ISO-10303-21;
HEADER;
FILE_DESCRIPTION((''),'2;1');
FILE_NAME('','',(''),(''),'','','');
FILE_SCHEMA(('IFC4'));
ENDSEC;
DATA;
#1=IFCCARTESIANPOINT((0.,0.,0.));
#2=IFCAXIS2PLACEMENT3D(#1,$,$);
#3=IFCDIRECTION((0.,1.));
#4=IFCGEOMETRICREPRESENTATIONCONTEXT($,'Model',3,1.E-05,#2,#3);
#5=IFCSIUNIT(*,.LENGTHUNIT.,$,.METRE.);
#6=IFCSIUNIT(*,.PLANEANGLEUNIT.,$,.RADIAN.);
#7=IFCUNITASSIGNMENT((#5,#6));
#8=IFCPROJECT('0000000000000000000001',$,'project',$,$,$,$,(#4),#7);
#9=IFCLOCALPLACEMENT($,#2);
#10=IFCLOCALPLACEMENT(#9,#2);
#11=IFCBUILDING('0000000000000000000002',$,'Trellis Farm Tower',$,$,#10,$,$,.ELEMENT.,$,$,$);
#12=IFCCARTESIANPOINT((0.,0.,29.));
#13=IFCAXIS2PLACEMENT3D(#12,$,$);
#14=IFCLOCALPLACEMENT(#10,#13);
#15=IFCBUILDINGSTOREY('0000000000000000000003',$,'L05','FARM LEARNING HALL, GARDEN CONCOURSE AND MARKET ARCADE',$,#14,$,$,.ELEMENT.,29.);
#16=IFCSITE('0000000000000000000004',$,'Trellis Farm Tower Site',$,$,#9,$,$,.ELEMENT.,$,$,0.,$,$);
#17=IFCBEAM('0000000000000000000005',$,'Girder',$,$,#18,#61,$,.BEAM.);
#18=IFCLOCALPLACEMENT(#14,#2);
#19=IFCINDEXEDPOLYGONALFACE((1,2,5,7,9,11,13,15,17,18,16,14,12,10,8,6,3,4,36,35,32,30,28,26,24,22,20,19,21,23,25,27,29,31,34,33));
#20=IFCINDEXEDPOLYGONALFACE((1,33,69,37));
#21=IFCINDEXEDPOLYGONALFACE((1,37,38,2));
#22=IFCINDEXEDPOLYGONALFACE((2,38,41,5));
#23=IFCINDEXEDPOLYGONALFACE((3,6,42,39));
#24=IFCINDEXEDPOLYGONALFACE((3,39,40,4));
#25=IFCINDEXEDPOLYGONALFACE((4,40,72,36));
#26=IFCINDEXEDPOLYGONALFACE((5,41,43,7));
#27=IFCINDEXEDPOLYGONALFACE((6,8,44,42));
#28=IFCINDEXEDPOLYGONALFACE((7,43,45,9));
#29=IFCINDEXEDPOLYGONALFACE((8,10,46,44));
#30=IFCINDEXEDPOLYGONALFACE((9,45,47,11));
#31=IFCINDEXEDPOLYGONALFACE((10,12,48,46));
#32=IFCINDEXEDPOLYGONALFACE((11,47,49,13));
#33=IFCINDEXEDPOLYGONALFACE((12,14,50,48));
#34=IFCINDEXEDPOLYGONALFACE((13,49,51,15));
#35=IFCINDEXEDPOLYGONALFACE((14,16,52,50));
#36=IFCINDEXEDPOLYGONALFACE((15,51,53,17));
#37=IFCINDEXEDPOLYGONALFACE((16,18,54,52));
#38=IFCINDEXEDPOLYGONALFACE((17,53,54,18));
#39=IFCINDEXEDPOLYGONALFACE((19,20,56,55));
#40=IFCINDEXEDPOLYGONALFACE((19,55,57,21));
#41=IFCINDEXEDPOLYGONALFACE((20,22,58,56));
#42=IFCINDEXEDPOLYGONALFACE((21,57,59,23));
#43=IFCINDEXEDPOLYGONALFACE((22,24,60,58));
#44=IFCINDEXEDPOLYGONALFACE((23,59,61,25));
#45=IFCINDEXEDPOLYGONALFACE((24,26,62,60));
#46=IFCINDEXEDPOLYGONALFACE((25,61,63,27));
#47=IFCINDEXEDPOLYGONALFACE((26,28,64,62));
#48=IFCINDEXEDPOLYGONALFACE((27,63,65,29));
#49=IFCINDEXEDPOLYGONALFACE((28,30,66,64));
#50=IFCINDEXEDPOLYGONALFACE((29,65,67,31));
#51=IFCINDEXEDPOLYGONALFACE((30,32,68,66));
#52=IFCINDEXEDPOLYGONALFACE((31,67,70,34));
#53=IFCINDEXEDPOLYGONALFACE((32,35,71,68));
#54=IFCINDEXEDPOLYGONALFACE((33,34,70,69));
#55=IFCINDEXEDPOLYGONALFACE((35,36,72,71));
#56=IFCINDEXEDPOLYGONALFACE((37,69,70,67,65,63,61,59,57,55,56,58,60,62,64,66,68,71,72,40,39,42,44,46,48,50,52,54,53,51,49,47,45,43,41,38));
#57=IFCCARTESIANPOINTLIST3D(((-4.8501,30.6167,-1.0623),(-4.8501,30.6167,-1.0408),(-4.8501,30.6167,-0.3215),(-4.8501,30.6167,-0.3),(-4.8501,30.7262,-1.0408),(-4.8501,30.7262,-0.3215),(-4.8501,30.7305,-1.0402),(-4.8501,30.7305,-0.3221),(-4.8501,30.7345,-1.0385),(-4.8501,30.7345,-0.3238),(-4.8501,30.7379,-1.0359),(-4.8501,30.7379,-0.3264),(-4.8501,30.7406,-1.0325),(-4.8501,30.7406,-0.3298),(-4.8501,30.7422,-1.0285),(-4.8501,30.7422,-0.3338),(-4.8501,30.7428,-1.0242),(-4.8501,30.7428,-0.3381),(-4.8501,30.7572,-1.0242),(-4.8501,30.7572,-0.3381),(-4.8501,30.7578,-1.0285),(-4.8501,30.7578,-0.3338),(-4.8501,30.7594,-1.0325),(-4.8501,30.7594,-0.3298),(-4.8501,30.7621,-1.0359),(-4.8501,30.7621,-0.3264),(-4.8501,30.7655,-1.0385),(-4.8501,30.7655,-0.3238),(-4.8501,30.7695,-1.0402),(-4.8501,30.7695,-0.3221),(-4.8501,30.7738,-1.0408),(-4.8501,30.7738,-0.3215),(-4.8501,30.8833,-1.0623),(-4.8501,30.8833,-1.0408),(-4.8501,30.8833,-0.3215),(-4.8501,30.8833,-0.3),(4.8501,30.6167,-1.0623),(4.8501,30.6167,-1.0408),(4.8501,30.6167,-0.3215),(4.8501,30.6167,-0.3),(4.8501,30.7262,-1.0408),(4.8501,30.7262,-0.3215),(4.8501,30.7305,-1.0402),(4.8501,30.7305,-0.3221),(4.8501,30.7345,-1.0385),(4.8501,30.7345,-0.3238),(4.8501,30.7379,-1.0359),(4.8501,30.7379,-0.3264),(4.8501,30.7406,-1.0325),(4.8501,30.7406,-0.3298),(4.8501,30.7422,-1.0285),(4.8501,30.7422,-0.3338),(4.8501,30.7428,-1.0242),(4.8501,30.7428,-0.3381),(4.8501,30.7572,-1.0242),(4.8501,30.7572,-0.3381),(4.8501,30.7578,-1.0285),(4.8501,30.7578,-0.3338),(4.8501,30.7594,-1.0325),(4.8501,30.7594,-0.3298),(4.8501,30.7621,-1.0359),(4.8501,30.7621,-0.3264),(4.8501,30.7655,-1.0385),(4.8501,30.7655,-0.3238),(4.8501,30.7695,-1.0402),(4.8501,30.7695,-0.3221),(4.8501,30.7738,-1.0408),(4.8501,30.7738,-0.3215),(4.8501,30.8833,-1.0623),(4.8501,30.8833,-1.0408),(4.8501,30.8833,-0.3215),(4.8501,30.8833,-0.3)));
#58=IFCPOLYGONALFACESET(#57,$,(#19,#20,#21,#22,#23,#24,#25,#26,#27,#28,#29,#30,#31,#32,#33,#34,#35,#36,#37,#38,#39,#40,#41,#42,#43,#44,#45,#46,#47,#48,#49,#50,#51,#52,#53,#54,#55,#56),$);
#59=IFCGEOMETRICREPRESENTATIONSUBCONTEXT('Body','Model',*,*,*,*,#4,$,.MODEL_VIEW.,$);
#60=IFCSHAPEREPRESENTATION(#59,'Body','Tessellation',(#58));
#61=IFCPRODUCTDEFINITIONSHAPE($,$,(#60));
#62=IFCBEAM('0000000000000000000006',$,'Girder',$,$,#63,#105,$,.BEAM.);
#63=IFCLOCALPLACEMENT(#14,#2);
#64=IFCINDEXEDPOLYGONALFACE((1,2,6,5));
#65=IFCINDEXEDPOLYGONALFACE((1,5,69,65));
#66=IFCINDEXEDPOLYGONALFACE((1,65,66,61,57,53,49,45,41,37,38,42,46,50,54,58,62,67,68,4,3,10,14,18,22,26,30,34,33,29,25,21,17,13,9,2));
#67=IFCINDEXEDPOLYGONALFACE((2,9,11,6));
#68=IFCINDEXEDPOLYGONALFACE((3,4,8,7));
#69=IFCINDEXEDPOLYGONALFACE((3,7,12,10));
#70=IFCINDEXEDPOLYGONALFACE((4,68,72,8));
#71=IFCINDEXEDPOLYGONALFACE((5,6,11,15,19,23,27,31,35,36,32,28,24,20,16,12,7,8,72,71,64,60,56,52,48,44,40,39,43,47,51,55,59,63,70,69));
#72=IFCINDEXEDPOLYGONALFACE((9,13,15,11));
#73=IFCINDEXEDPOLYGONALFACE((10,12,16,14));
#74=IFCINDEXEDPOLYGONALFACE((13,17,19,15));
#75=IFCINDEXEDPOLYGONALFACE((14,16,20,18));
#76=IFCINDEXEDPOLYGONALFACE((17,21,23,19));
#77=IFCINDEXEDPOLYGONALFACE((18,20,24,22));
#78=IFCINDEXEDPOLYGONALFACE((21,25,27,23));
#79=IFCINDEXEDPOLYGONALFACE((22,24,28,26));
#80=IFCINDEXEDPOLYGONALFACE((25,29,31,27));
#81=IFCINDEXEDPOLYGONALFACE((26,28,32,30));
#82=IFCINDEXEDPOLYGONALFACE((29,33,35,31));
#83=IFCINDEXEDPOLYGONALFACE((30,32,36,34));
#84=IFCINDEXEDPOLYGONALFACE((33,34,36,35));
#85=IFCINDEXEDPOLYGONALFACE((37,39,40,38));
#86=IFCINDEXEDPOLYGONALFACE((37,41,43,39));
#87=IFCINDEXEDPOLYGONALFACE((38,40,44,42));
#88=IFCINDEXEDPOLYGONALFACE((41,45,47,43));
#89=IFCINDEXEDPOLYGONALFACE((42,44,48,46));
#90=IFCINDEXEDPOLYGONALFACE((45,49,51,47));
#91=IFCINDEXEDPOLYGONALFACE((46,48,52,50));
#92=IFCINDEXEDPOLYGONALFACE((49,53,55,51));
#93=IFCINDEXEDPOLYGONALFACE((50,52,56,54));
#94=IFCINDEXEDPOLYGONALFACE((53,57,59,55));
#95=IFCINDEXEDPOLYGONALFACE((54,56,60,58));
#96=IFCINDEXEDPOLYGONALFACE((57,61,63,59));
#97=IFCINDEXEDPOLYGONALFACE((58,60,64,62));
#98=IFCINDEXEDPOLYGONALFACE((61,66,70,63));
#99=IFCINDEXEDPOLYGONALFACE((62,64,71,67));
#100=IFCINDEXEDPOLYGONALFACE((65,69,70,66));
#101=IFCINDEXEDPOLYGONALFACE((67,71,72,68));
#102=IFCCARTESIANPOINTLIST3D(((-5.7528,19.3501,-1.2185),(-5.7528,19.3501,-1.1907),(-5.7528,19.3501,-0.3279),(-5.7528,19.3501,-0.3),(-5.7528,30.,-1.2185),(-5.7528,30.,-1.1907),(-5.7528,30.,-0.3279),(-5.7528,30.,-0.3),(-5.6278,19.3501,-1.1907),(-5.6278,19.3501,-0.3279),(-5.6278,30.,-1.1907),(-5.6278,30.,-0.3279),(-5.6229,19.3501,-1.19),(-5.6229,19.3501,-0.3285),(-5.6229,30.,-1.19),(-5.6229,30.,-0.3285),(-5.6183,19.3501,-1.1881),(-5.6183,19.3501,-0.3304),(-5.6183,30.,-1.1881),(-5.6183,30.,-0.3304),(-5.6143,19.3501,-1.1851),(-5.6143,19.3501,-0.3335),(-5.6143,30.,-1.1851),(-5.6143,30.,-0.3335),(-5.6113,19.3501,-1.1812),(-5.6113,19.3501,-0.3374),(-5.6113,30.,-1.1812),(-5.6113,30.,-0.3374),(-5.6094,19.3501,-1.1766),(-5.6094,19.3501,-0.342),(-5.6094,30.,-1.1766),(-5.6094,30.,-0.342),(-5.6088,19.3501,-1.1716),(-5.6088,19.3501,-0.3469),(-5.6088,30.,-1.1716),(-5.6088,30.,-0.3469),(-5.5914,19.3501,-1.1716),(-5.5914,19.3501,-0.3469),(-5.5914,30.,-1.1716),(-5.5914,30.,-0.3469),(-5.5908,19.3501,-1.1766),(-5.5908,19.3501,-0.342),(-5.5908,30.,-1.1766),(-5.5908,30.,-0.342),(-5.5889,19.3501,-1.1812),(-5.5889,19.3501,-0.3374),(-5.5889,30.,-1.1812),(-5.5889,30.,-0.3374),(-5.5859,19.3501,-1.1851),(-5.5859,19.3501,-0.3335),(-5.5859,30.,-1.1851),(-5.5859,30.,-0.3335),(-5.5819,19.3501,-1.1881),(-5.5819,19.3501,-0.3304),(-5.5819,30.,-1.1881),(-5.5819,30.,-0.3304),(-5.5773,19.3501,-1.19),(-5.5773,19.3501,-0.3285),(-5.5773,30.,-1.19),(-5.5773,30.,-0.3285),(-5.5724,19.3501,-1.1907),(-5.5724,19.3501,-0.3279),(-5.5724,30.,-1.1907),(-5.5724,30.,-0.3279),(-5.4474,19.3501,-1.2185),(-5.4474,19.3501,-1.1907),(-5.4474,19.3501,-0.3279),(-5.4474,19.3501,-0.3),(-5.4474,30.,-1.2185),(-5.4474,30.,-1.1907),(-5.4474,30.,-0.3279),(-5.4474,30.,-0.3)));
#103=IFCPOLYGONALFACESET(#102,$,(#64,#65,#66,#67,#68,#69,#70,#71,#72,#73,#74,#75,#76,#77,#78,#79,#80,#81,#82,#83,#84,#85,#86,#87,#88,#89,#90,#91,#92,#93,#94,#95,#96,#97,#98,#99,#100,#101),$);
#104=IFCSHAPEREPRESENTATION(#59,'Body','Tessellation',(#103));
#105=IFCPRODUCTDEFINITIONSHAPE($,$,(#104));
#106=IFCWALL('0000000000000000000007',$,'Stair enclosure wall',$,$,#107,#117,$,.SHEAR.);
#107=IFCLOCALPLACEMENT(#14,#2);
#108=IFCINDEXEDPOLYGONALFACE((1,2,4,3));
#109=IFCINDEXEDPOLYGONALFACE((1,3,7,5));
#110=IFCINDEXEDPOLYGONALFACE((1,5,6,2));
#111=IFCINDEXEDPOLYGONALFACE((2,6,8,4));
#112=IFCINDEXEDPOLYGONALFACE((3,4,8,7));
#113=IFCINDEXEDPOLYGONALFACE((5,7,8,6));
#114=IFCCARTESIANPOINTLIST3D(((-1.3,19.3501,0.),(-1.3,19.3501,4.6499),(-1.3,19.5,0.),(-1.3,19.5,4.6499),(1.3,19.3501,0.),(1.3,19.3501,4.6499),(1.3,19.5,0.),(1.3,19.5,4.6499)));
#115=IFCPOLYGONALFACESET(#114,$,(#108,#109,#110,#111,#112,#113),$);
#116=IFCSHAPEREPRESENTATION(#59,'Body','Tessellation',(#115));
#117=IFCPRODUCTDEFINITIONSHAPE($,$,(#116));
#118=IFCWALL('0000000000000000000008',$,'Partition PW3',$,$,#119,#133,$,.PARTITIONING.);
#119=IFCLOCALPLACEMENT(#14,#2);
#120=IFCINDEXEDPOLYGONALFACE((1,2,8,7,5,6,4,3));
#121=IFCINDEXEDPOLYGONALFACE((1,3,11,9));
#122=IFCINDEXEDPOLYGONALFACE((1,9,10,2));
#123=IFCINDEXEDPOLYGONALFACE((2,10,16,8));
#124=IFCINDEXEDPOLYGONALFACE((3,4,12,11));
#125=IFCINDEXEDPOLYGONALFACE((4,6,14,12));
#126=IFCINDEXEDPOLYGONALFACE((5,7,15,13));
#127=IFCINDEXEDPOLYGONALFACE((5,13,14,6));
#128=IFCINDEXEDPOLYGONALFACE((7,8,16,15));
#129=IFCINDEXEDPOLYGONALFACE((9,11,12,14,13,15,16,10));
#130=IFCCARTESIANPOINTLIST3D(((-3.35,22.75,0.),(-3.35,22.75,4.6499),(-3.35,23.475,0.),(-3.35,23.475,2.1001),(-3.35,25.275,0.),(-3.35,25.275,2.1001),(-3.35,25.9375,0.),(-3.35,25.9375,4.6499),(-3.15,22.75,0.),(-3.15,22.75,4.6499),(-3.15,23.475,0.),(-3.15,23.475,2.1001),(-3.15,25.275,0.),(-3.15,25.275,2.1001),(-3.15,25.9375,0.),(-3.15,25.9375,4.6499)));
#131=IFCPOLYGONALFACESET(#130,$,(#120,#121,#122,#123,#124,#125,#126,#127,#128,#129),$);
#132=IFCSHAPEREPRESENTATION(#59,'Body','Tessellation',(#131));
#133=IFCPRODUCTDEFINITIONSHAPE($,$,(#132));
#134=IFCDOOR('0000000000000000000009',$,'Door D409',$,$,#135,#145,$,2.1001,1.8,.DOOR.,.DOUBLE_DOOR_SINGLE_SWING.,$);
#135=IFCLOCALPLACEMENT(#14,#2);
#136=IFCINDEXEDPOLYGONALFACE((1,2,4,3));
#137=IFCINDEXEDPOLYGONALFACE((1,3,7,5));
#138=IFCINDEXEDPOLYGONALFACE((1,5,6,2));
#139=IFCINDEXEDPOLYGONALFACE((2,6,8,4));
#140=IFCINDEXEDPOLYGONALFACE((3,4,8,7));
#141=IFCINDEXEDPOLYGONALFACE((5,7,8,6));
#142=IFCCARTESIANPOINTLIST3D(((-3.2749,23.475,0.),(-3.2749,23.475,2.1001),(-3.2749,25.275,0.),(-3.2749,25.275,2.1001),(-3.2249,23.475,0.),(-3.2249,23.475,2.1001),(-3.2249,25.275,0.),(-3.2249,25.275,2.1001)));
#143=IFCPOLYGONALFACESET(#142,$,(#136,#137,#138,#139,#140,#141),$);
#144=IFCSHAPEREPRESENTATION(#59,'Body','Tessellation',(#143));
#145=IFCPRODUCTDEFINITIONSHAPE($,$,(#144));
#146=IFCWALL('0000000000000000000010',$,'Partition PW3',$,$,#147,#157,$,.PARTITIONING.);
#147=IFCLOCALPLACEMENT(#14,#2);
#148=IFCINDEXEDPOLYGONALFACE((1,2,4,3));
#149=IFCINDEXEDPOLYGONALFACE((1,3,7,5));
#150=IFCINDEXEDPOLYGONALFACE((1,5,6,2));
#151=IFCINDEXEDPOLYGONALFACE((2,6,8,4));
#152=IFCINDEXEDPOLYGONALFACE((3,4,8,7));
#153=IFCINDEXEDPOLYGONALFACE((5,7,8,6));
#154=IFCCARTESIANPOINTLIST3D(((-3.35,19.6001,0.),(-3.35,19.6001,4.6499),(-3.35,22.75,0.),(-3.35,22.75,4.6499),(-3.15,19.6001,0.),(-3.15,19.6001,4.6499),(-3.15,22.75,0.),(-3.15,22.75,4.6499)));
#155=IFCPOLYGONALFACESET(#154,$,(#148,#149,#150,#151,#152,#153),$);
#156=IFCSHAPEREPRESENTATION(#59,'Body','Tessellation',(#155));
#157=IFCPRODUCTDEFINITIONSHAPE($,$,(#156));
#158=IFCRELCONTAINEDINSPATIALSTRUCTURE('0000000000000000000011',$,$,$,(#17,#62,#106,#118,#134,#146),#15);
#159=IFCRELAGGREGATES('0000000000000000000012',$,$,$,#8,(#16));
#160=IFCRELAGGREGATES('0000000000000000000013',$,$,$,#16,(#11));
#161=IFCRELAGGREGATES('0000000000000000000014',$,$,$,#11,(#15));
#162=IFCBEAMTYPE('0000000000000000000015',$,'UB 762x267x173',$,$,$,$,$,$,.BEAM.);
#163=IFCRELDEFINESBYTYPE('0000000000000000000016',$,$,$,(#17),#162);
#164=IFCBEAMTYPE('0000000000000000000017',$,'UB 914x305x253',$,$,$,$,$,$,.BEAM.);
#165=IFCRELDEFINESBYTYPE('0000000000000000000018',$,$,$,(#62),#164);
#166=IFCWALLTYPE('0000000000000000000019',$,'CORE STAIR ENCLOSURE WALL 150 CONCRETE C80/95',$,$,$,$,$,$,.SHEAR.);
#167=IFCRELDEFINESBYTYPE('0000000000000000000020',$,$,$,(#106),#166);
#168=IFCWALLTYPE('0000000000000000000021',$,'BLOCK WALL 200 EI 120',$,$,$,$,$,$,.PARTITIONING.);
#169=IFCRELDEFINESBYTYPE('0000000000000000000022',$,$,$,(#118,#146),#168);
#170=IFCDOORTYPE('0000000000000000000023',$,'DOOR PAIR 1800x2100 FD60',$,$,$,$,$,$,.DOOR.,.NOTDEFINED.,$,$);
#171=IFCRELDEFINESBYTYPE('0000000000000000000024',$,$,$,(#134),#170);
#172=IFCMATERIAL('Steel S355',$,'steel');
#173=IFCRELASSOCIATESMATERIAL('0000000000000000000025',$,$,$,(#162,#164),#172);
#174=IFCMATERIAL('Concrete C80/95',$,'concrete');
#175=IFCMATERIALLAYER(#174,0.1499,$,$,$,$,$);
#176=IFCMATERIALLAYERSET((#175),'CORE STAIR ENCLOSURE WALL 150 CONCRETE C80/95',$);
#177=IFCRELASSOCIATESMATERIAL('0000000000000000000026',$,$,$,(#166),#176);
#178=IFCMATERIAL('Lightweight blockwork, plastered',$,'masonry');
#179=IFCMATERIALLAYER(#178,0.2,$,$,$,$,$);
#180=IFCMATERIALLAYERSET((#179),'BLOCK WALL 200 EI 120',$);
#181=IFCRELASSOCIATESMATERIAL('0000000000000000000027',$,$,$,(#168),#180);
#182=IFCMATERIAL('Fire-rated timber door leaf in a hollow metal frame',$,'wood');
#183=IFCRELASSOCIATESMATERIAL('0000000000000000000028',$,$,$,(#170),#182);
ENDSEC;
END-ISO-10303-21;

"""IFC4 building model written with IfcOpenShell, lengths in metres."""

from ifc_helpers import new_model, si_unit, direction, frame, frame_2d, origin, origin_2d, place, context, subcontext, project, spatial, rectangle, i_section, extrude, source, transform, mapped, material, layer, layer_set, material_profile, profile_set, type_object, element, fill, save


model = new_model("IFC4")

# Units and contexts
model_context = context("Model", 3, precision=1e-05, world=origin(), true_north=direction((0.0, 1.0)))
body_context = subcontext(model_context, "Body", "Model", "MODEL_VIEW")
ifc_project = project(units=[si_unit("LENGTHUNIT", "METRE"), si_unit("PLANEANGLEUNIT", "RADIAN")], contexts=[model_context])

# Site, building, storey
site_placement = place(None, origin())
site = spatial("IfcSite", under=ifc_project, at=site_placement, Name="Trellis Farm Tower Site", CompositionType="ELEMENT", RefElevation=0.0)
building_placement = place(site_placement, origin())
building = spatial("IfcBuilding", under=site, at=building_placement, Name="Trellis Farm Tower", CompositionType="ELEMENT")
storey_placement = place(building_placement, frame((0.0, 0.0, 29.0)))
storey = spatial("IfcBuildingStorey", under=building, at=storey_placement, Name="L05", Description="FARM LEARNING HALL, GARDEN CONCOURSE AND MARKET ARCADE", CompositionType="ELEMENT", Elevation=29.0)

# Shared definitions
ifc_material_1 = material(Name="Concrete C80/95", Category="concrete")

# Beams
ifc_material_2 = material(Name="Steel S355", Category="steel")
ifc_material_profile_1 = material_profile(ifc_material_2, i_section(OverallWidth=0.2666, OverallDepth=0.7622, WebThickness=0.0144, FlangeThickness=0.0215, FilletRadius=0.0166, at=origin_2d()), Name="UB 762x267x173")
ifc_profile_set_1 = profile_set([ifc_material_profile_1], Name="Steel S355")
beam_type_1 = type_object("IfcBeamType", Name="UB 762x267x173", PredefinedType="BEAM", material=ifc_profile_set_1)
shared_shape_1 = source(origin(), body_context, "Body", "SweptSolid", [
    extrude(i_section(OverallWidth=0.2666, OverallDepth=0.7622, WebThickness=0.0144, FlangeThickness=0.0215, FilletRadius=0.0166, at=origin_2d()), origin(), (0.0, 0.0, 1.0), 9.7002),
])
beam_1_placement = place(storey_placement, frame((-4.8501, 30.75, -0.6812), z_axis=(1.0, 0.0, 0.0), x_axis=(0.0, 1.0, 0.0)))
element("IfcBeam", 1, at=beam_1_placement, inside=storey, type_object=beam_type_1, Name="Girder", PredefinedType="BEAM", context=body_context, shape_type="MappedRepresentation", body=[
    mapped(shared_shape_1, transform((0.0, 0.0, 0.0))),
])
ifc_material_profile_2 = material_profile(ifc_material_2, i_section(OverallWidth=0.3054, OverallDepth=0.9185, WebThickness=0.0173, FlangeThickness=0.0278, FilletRadius=0.019, at=origin_2d()), Name="UB 914x305x253")
ifc_profile_set_2 = profile_set([ifc_material_profile_2], Name="Steel S355")
beam_type_2 = type_object("IfcBeamType", Name="UB 914x305x253", PredefinedType="BEAM", material=ifc_profile_set_2)
shared_shape_2 = source(origin(), body_context, "Body", "SweptSolid", [
    extrude(i_section(OverallWidth=0.3054, OverallDepth=0.9185, WebThickness=0.0173, FlangeThickness=0.0278, FilletRadius=0.019, at=origin_2d()), origin(), (0.0, 0.0, 1.0), 10.6499),
])
beam_2_placement = place(storey_placement, frame((-5.6001, 19.3501, -0.7593), z_axis=(0.0, 1.0, 0.0), x_axis=(-1.0, 0.0, 0.0)))
element("IfcBeam", 2, at=beam_2_placement, inside=storey, type_object=beam_type_2, Name="Girder", PredefinedType="BEAM", context=body_context, shape_type="MappedRepresentation", body=[
    mapped(shared_shape_2, transform((0.0, 0.0, 0.0))),
])

# Wall
ifc_layer_1 = layer(ifc_material_1, 0.1499)
ifc_layer_set_1 = layer_set([ifc_layer_1], Name="CORE STAIR ENCLOSURE WALL 150 CONCRETE C80/95")
wall_type_1 = type_object("IfcWallType", Name="CORE STAIR ENCLOSURE WALL 150 CONCRETE C80/95", PredefinedType="SHEAR", material=ifc_layer_set_1)
shared_shape_3 = source(origin(), body_context, "Body", "SweptSolid", [
    extrude(rectangle(XDim=2.6001, YDim=0.1499, at=frame_2d((1.3, 0.0))), origin(), (0.0, 0.0, 1.0), 4.6499),
])
wall_1_placement = place(storey_placement, frame((-1.3, 19.425, 0.0), z_axis=(0.0, 0.0, 1.0), x_axis=(1.0, 0.0, 0.0)))
element("IfcWall", 3, at=wall_1_placement, inside=storey, type_object=wall_type_1, Name="Stair enclosure wall", PredefinedType="SHEAR", context=body_context, shape_type="MappedRepresentation", body=[
    mapped(shared_shape_3, transform((0.0, 0.0, 0.0))),
])

# Wall, opening, door
ifc_material_3 = material(Name="Lightweight blockwork, plastered", Category="masonry")
ifc_layer_2 = layer(ifc_material_3, 0.2)
ifc_layer_set_2 = layer_set([ifc_layer_2], Name="BLOCK WALL 200 EI 120")
wall_type_2 = type_object("IfcWallType", Name="BLOCK WALL 200 EI 120", PredefinedType="PARTITIONING", material=ifc_layer_set_2)
shared_shape_4 = source(origin(), body_context, "Body", "SweptSolid", [
    extrude(rectangle(XDim=3.1875, YDim=0.2, at=frame_2d((1.5938, 0.0))), origin(), (0.0, 0.0, 1.0), 4.6499),
])
wall_2_placement = place(storey_placement, frame((-3.25, 22.75, 0.0), z_axis=(0.0, 0.0, 1.0), x_axis=(0.0, 1.0, 0.0)))
wall_2 = element("IfcWall", 4, at=wall_2_placement, inside=storey, type_object=wall_type_2, Name="Partition PW3", PredefinedType="PARTITIONING", context=body_context, shape_type="MappedRepresentation", body=[
    mapped(shared_shape_4, transform((0.0, 0.0, 0.0))),
])
shared_shape_5 = source(origin(), body_context, "Body", "SweptSolid", [
    extrude(rectangle(XDim=1.8, YDim=2.1001, at=frame_2d((0.8999, 1.05))), frame((0.0, 0.1101, 0.0), z_axis=(0.0, -1.0, 0.0), x_axis=(1.0, 0.0, 0.0)), (0.0, 0.0, 1.0), 0.2202),
])
opening_1_placement = place(wall_2_placement, frame((0.7251, 0.0, 0.0)))
opening_1 = element("IfcOpeningElement", 5, at=opening_1_placement, cuts=wall_2, PredefinedType="OPENING", context=body_context, shape_type="MappedRepresentation", body=[
    mapped(shared_shape_5, transform((0.0, 0.0, 0.0))),
])
ifc_material_4 = material(Name="Fire-rated timber door leaf in a hollow metal frame", Category="wood")
door_type_1 = type_object("IfcDoorType", Name="DOOR PAIR 1800x2100 FD60", OperationType="NOTDEFINED", PredefinedType="DOOR", material=ifc_material_4)
shared_shape_6 = source(origin(), body_context, "Body", "SweptSolid", [
    extrude(rectangle(XDim=1.8, YDim=2.1001, at=frame_2d((0.8999, 1.05))), frame((0.0, 0.0249, 0.0), z_axis=(0.0, -1.0, 0.0), x_axis=(1.0, 0.0, 0.0)), (0.0, 0.0, 1.0), 0.05),
])
door_1_placement = place(opening_1_placement, origin())
door_1 = element("IfcDoor", 6, at=door_1_placement, inside=storey, type_object=door_type_1, Name="Door D409", OperationType="DOUBLE_DOOR_SINGLE_SWING", OverallHeight=2.1001, OverallWidth=1.8, PredefinedType="DOOR", context=body_context, shape_type="MappedRepresentation", body=[
    mapped(shared_shape_6, transform((0.0, 0.0, 0.0))),
])
fill(opening_1, door_1)

# Wall
shared_shape_7 = source(origin(), body_context, "Body", "SweptSolid", [
    extrude(rectangle(XDim=3.1499, YDim=0.2, at=frame_2d((1.575, 0.0))), origin(), (0.0, 0.0, 1.0), 4.6499),
])
wall_3_placement = place(storey_placement, frame((-3.25, 19.6001, 0.0), z_axis=(0.0, 0.0, 1.0), x_axis=(0.0, 1.0, 0.0)))
element("IfcWall", 7, at=wall_3_placement, inside=storey, type_object=wall_type_2, Name="Partition PW3", PredefinedType="PARTITIONING", context=body_context, shape_type="MappedRepresentation", body=[
    mapped(shared_shape_7, transform((0.0, 0.0, 0.0))),
])

save(model, "model.ifc")
